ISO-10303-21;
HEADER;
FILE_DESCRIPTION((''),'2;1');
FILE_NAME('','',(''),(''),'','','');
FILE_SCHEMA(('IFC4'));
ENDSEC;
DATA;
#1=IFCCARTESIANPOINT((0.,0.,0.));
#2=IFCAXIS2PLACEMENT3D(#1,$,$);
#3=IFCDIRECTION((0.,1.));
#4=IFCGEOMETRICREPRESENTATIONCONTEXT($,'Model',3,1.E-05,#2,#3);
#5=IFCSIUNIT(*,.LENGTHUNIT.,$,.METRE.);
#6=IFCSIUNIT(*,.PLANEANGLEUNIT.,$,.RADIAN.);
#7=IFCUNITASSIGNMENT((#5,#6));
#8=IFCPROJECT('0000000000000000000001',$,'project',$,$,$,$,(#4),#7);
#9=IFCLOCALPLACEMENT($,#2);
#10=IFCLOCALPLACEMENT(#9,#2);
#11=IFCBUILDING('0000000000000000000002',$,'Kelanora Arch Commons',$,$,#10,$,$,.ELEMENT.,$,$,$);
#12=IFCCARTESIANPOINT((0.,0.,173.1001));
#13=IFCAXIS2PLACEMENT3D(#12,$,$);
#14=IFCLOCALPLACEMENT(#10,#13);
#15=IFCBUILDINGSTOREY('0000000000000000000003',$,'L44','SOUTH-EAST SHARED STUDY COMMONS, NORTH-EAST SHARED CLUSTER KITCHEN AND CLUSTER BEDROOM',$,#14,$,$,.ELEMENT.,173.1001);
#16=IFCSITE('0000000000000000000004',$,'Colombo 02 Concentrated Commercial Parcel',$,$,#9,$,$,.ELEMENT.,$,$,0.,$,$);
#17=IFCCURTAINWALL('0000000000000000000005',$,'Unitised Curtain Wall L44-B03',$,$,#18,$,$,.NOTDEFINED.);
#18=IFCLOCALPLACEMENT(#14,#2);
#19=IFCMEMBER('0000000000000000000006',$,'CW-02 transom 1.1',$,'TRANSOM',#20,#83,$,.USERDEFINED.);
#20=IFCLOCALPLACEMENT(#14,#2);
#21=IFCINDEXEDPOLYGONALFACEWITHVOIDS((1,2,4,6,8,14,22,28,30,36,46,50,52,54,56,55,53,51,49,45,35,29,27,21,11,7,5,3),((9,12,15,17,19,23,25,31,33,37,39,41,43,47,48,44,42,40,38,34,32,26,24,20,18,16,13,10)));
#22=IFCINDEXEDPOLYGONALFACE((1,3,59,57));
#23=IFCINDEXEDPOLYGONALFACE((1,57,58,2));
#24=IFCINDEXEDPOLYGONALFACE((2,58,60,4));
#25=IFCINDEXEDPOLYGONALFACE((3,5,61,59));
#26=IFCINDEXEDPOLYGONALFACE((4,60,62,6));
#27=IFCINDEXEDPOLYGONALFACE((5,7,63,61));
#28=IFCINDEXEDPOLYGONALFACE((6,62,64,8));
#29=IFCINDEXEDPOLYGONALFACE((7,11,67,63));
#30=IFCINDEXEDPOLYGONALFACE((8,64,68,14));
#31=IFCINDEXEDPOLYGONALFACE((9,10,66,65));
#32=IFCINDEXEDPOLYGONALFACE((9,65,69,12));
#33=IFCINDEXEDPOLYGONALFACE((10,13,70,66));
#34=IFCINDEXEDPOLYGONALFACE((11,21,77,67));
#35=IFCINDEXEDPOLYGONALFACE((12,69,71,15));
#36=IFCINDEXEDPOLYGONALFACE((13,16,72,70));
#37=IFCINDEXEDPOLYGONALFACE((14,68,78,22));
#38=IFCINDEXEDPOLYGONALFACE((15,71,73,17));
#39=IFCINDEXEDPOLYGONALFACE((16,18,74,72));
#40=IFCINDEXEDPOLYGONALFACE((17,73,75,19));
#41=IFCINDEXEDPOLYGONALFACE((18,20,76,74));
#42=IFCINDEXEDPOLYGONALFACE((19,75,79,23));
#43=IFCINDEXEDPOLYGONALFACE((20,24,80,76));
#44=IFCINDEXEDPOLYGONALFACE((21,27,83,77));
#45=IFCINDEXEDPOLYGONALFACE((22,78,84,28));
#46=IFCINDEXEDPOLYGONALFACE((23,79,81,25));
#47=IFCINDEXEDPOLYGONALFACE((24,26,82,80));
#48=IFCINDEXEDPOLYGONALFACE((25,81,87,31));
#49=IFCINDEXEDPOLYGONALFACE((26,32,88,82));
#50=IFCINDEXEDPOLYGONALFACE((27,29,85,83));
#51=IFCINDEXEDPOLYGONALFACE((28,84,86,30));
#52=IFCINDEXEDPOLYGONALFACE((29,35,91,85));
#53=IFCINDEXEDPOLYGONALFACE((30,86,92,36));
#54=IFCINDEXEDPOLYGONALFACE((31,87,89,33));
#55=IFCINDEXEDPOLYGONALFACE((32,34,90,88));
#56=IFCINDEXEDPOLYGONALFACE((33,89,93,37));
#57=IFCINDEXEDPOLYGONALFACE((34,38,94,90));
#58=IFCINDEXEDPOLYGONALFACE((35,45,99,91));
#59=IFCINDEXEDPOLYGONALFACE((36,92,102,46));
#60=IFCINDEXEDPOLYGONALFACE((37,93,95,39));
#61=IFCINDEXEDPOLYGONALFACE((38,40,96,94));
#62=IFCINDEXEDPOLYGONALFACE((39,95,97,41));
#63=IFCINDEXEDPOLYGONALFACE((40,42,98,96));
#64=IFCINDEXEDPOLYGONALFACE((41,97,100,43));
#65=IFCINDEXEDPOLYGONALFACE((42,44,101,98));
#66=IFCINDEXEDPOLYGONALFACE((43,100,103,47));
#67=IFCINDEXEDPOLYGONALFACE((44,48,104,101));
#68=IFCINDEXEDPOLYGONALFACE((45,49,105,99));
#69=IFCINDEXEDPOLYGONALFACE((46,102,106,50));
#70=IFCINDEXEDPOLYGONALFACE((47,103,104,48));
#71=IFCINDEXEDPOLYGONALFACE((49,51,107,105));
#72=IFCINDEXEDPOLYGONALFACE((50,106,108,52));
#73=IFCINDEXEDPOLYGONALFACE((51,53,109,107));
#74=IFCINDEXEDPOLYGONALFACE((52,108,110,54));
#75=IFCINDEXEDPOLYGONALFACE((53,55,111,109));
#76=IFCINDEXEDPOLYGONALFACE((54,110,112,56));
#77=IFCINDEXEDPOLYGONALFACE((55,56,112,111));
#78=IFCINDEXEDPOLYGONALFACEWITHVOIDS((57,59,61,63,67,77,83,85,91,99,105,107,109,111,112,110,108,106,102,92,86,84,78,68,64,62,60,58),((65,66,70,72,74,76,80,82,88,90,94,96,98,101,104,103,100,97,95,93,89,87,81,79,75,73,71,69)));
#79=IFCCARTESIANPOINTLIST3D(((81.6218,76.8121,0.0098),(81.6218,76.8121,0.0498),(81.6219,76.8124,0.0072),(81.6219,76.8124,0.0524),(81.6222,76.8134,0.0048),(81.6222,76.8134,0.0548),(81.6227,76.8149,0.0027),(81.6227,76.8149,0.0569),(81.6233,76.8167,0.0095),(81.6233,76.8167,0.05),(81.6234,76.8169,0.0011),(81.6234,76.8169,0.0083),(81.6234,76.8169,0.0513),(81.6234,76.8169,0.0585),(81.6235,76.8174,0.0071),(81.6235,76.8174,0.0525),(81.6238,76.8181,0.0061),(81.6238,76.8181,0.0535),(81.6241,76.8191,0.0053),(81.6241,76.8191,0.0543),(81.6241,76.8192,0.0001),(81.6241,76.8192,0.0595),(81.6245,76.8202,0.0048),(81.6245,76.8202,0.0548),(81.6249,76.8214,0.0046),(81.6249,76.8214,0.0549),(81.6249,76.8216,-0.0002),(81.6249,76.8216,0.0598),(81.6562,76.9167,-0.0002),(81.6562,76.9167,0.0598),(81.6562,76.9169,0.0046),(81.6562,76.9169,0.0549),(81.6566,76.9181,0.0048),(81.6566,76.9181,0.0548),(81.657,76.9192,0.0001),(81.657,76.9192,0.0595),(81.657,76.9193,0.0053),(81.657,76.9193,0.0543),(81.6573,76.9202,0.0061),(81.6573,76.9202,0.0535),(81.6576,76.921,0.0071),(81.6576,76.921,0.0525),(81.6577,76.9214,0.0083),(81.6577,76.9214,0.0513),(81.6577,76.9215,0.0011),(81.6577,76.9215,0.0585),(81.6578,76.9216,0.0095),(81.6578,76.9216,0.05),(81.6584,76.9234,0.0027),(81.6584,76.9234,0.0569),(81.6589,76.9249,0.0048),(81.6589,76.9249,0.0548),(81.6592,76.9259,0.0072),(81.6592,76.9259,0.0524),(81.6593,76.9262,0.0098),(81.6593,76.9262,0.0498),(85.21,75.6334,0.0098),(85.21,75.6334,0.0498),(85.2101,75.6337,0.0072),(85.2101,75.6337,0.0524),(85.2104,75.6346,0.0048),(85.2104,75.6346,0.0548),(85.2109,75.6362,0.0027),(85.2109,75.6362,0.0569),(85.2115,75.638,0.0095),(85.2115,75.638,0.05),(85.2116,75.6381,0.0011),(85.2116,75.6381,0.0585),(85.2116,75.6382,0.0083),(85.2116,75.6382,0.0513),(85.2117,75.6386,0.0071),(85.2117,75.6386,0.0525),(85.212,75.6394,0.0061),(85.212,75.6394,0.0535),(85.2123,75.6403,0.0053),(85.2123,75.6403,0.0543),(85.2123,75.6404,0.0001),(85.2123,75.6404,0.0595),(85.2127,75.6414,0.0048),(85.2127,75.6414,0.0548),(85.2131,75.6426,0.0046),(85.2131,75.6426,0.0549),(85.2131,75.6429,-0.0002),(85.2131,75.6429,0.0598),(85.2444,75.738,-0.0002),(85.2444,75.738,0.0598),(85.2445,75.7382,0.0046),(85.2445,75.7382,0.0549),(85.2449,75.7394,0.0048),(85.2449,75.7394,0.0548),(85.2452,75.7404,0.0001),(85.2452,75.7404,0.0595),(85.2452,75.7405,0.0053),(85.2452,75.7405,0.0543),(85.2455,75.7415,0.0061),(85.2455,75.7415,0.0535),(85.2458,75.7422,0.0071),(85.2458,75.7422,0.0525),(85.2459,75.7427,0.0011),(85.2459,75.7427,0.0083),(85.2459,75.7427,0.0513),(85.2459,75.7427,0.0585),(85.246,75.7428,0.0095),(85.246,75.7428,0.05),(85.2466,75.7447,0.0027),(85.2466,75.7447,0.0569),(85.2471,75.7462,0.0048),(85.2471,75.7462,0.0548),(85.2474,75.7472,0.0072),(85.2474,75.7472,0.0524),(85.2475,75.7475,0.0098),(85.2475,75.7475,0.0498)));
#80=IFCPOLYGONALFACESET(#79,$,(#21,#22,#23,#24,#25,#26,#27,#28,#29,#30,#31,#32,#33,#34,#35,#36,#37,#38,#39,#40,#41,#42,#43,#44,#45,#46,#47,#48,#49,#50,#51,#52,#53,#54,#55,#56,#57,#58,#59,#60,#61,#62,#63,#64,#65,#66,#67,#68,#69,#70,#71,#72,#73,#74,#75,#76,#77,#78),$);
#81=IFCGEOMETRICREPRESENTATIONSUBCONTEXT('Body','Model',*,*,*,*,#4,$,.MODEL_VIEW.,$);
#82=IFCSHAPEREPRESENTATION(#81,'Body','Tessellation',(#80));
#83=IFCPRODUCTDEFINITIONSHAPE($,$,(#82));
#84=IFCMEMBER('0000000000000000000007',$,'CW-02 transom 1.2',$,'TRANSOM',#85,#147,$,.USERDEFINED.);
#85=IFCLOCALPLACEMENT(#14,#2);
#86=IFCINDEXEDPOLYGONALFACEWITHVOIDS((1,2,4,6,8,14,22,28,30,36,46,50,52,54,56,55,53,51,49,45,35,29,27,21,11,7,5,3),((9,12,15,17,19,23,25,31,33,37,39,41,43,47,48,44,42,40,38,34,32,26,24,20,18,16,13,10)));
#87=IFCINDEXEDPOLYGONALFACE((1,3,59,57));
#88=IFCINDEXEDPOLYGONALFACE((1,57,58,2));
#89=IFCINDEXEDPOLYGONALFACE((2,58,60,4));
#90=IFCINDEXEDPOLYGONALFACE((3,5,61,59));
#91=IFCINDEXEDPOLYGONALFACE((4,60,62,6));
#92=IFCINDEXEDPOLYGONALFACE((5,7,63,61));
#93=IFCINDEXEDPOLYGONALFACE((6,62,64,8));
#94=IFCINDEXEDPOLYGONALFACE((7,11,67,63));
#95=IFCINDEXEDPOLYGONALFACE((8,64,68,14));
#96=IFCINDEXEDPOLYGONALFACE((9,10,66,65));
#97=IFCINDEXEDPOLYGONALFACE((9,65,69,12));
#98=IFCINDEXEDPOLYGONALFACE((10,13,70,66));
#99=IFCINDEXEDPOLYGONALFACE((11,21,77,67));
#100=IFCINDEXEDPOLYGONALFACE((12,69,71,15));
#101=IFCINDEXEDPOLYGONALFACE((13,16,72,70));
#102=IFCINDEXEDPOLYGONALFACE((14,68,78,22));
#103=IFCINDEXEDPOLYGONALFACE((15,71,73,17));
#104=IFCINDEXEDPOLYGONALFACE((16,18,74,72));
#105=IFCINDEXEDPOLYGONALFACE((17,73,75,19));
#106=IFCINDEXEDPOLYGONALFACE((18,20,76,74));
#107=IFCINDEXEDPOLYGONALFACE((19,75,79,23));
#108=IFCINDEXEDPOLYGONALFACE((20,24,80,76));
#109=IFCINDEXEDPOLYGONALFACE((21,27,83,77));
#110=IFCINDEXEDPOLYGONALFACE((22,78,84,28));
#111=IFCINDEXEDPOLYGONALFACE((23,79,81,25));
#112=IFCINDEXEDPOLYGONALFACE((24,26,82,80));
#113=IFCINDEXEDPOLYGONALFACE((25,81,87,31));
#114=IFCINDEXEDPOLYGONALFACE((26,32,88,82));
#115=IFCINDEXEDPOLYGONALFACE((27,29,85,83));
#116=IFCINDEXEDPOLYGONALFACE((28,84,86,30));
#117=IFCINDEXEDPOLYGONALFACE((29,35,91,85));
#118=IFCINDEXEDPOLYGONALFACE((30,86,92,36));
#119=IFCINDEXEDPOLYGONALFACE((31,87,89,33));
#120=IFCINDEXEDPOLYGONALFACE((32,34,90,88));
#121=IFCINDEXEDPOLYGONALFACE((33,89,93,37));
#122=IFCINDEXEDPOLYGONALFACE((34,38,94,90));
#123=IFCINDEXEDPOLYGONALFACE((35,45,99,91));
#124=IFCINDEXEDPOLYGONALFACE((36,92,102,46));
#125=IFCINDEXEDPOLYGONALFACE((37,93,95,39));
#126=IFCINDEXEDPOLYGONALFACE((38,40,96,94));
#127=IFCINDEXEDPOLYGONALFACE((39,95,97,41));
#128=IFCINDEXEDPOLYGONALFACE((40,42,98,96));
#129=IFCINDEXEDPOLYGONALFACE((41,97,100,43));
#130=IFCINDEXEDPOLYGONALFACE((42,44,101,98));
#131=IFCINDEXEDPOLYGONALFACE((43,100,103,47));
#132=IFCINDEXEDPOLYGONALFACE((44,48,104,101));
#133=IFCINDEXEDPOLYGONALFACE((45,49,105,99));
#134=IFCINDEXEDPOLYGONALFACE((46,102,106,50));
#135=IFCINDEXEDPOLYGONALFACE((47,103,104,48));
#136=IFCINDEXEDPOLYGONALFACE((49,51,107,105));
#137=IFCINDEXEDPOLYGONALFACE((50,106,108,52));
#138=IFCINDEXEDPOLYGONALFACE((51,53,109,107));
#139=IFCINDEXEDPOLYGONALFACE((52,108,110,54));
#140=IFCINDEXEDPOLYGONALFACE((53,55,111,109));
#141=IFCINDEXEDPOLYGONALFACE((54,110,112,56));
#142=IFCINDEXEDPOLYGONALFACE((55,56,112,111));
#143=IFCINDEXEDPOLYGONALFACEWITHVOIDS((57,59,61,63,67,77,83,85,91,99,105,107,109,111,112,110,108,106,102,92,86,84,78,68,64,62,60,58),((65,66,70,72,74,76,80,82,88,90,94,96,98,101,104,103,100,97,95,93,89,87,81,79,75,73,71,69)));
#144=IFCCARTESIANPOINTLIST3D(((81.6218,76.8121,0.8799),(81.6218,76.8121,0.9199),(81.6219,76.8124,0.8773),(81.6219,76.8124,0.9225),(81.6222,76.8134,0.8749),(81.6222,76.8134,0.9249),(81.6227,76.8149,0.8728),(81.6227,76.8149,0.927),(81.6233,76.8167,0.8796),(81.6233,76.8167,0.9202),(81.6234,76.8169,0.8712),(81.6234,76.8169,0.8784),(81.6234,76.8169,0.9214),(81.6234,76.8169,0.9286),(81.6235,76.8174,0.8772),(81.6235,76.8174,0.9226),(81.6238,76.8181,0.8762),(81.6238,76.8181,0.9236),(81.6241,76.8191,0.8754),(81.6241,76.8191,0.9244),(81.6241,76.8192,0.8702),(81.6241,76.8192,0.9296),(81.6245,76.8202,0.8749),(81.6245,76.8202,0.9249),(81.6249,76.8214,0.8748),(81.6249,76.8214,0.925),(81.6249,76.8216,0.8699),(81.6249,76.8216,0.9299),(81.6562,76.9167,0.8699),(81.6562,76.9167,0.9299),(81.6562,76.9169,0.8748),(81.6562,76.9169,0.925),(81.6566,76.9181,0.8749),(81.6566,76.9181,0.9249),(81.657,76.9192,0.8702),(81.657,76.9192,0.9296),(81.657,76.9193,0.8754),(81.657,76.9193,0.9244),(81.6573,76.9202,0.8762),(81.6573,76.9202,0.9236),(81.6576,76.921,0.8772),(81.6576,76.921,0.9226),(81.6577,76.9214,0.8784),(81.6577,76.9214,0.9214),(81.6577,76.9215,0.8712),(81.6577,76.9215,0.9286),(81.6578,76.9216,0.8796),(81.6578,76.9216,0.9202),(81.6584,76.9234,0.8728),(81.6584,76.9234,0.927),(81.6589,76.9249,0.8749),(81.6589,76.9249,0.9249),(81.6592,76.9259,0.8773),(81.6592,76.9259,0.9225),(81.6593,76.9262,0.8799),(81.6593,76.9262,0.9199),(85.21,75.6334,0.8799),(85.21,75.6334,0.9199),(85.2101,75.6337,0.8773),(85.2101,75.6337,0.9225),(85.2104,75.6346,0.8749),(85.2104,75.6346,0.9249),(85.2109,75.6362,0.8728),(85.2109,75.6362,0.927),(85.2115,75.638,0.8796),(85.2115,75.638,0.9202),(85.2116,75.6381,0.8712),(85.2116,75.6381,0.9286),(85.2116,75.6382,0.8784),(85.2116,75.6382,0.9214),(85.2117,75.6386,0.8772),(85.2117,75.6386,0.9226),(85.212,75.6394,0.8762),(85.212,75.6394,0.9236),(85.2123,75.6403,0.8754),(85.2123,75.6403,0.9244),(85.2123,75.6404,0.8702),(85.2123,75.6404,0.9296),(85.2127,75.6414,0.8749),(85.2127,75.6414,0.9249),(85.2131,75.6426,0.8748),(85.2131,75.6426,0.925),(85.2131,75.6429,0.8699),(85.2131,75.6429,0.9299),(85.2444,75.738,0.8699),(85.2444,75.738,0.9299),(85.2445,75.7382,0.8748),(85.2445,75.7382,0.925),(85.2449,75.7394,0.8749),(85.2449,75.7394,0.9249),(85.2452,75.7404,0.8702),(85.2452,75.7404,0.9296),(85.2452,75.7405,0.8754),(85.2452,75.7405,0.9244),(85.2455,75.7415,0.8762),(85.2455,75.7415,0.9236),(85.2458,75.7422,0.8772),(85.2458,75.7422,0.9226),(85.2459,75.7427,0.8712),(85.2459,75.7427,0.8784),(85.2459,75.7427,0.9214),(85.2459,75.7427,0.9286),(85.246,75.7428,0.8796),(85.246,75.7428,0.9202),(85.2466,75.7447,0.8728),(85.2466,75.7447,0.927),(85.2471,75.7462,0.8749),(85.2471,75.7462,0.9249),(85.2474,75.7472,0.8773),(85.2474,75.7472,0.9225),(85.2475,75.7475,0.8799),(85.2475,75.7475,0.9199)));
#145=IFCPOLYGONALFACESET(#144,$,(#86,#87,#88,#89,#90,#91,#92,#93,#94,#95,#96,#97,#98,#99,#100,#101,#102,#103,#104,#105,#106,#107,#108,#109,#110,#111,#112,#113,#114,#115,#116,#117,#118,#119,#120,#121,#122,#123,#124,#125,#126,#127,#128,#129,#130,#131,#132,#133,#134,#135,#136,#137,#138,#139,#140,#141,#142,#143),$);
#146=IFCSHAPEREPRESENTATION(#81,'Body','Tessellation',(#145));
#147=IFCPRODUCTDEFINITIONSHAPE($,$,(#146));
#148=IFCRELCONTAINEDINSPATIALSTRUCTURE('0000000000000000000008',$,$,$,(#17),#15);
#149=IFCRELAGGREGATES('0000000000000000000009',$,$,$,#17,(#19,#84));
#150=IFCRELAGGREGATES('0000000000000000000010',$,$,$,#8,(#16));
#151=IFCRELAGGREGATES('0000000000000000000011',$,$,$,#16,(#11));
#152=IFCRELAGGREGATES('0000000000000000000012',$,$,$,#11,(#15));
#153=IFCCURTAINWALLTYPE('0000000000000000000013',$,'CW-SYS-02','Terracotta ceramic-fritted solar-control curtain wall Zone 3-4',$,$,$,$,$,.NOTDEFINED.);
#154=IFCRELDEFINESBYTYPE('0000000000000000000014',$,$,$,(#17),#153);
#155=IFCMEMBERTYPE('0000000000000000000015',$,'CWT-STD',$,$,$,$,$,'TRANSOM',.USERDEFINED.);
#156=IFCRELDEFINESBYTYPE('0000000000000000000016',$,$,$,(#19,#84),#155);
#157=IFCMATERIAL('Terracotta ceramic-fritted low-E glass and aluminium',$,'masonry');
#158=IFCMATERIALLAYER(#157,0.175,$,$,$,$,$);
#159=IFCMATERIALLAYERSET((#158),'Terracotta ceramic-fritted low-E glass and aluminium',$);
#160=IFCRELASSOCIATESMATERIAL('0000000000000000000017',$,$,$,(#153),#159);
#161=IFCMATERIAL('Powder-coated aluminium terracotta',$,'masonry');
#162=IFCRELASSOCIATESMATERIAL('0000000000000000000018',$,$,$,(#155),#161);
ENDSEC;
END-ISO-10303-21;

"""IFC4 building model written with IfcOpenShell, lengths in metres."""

from ifc_helpers import new_model, si_unit, direction, frame, origin, origin_2d, place, context, subcontext, project, spatial, hollow_rectangle, extrude, material, layer, layer_set, material_profile, profile_set, type_object, element, aggregate, save


model = new_model("IFC4")

# Units and contexts
model_context = context("Model", 3, precision=1e-05, world=origin(), true_north=direction((0.0, 1.0)))
body_context = subcontext(model_context, "Body", "Model", "MODEL_VIEW")
ifc_project = project(units=[si_unit("LENGTHUNIT", "METRE"), si_unit("PLANEANGLEUNIT", "RADIAN")], contexts=[model_context])

# Site, building, storey
site_placement = place(None, origin())
site = spatial("IfcSite", under=ifc_project, at=site_placement, Name="Colombo 02 Concentrated Commercial Parcel", CompositionType="ELEMENT", RefElevation=0.0)
building_placement = place(site_placement, origin())
building = spatial("IfcBuilding", under=site, at=building_placement, Name="Kelanora Arch Commons", CompositionType="ELEMENT")
storey_placement = place(building_placement, frame((0.0, 0.0, 173.1001)))
storey = spatial("IfcBuildingStorey", under=building, at=storey_placement, Name="L44", Description="SOUTH-EAST SHARED STUDY COMMONS, NORTH-EAST SHARED CLUSTER KITCHEN AND CLUSTER BEDROOM", CompositionType="ELEMENT", Elevation=173.1001)

# Shared definitions
ifc_material_1 = material(Name="Terracotta ceramic-fritted low-E glass and aluminium", Category="masonry")
ifc_layer_1 = layer(ifc_material_1, 0.175)
ifc_layer_set_1 = layer_set([ifc_layer_1], Name="Terracotta ceramic-fritted low-E glass and aluminium")
curtain_wall_type = type_object("IfcCurtainWallType", Name="CW-SYS-02", Description="Terracotta ceramic-fritted solar-control curtain wall Zone 3-4", PredefinedType="NOTDEFINED", material=ifc_layer_set_1)
ifc_material_2 = material(Name="Powder-coated aluminium terracotta", Category="masonry")

# Curtain wall, members
curtain_wall_1_placement = place(storey_placement, origin())
curtain_wall_1 = element("IfcCurtainWall", 1, at=curtain_wall_1_placement, inside=storey, type_object=curtain_wall_type, Name="Unitised Curtain Wall L44-B03", PredefinedType="NOTDEFINED")
ifc_material_profile_1 = material_profile(ifc_material_2, hollow_rectangle(XDim=0.1201, YDim=0.0601, WallThickness=0.0049, InnerFilletRadius=0.0049, OuterFilletRadius=0.01, at=origin_2d()), Name="CWT120x60")
ifc_profile_set_1 = profile_set([ifc_material_profile_1], Name="Powder-coated aluminium terracotta")
member_type_1 = type_object("IfcMemberType", Name="CWT-STD", ElementType="TRANSOM", PredefinedType="USERDEFINED", material=ifc_profile_set_1)
member_1_placement = place(storey_placement, frame((85.2288, 75.6904, 0.0298), z_axis=(-0.950051, 0.312094, 0.0), x_axis=(-0.312094, -0.950051, 0.0)))
member_1 = element("IfcMember", 2, at=member_1_placement, type_object=member_type_1, Name="CW-02 transom 1.1", ObjectType="TRANSOM", PredefinedType="USERDEFINED", context=body_context, shape_type="SweptSolid", body=[
    extrude(hollow_rectangle(XDim=0.1201, YDim=0.0601, WallThickness=0.0049, InnerFilletRadius=0.0049, OuterFilletRadius=0.01, at=origin_2d()), origin(), (0.0, 0.0, 1.0), 3.7769),
])
member_2_placement = place(storey_placement, frame((85.2288, 75.6904, 0.8999), z_axis=(-0.950051, 0.312094, 0.0), x_axis=(-0.312094, -0.950051, 0.0)))
member_2 = element("IfcMember", 3, at=member_2_placement, type_object=member_type_1, Name="CW-02 transom 1.2", ObjectType="TRANSOM", PredefinedType="USERDEFINED", context=body_context, shape_type="SweptSolid", body=[
    extrude(hollow_rectangle(XDim=0.1201, YDim=0.0601, WallThickness=0.0049, InnerFilletRadius=0.0049, OuterFilletRadius=0.01, at=origin_2d()), origin(), (0.0, 0.0, 1.0), 3.7769),
])
aggregate(curtain_wall_1, [member_1, member_2])

save(model, "model.ifc")
